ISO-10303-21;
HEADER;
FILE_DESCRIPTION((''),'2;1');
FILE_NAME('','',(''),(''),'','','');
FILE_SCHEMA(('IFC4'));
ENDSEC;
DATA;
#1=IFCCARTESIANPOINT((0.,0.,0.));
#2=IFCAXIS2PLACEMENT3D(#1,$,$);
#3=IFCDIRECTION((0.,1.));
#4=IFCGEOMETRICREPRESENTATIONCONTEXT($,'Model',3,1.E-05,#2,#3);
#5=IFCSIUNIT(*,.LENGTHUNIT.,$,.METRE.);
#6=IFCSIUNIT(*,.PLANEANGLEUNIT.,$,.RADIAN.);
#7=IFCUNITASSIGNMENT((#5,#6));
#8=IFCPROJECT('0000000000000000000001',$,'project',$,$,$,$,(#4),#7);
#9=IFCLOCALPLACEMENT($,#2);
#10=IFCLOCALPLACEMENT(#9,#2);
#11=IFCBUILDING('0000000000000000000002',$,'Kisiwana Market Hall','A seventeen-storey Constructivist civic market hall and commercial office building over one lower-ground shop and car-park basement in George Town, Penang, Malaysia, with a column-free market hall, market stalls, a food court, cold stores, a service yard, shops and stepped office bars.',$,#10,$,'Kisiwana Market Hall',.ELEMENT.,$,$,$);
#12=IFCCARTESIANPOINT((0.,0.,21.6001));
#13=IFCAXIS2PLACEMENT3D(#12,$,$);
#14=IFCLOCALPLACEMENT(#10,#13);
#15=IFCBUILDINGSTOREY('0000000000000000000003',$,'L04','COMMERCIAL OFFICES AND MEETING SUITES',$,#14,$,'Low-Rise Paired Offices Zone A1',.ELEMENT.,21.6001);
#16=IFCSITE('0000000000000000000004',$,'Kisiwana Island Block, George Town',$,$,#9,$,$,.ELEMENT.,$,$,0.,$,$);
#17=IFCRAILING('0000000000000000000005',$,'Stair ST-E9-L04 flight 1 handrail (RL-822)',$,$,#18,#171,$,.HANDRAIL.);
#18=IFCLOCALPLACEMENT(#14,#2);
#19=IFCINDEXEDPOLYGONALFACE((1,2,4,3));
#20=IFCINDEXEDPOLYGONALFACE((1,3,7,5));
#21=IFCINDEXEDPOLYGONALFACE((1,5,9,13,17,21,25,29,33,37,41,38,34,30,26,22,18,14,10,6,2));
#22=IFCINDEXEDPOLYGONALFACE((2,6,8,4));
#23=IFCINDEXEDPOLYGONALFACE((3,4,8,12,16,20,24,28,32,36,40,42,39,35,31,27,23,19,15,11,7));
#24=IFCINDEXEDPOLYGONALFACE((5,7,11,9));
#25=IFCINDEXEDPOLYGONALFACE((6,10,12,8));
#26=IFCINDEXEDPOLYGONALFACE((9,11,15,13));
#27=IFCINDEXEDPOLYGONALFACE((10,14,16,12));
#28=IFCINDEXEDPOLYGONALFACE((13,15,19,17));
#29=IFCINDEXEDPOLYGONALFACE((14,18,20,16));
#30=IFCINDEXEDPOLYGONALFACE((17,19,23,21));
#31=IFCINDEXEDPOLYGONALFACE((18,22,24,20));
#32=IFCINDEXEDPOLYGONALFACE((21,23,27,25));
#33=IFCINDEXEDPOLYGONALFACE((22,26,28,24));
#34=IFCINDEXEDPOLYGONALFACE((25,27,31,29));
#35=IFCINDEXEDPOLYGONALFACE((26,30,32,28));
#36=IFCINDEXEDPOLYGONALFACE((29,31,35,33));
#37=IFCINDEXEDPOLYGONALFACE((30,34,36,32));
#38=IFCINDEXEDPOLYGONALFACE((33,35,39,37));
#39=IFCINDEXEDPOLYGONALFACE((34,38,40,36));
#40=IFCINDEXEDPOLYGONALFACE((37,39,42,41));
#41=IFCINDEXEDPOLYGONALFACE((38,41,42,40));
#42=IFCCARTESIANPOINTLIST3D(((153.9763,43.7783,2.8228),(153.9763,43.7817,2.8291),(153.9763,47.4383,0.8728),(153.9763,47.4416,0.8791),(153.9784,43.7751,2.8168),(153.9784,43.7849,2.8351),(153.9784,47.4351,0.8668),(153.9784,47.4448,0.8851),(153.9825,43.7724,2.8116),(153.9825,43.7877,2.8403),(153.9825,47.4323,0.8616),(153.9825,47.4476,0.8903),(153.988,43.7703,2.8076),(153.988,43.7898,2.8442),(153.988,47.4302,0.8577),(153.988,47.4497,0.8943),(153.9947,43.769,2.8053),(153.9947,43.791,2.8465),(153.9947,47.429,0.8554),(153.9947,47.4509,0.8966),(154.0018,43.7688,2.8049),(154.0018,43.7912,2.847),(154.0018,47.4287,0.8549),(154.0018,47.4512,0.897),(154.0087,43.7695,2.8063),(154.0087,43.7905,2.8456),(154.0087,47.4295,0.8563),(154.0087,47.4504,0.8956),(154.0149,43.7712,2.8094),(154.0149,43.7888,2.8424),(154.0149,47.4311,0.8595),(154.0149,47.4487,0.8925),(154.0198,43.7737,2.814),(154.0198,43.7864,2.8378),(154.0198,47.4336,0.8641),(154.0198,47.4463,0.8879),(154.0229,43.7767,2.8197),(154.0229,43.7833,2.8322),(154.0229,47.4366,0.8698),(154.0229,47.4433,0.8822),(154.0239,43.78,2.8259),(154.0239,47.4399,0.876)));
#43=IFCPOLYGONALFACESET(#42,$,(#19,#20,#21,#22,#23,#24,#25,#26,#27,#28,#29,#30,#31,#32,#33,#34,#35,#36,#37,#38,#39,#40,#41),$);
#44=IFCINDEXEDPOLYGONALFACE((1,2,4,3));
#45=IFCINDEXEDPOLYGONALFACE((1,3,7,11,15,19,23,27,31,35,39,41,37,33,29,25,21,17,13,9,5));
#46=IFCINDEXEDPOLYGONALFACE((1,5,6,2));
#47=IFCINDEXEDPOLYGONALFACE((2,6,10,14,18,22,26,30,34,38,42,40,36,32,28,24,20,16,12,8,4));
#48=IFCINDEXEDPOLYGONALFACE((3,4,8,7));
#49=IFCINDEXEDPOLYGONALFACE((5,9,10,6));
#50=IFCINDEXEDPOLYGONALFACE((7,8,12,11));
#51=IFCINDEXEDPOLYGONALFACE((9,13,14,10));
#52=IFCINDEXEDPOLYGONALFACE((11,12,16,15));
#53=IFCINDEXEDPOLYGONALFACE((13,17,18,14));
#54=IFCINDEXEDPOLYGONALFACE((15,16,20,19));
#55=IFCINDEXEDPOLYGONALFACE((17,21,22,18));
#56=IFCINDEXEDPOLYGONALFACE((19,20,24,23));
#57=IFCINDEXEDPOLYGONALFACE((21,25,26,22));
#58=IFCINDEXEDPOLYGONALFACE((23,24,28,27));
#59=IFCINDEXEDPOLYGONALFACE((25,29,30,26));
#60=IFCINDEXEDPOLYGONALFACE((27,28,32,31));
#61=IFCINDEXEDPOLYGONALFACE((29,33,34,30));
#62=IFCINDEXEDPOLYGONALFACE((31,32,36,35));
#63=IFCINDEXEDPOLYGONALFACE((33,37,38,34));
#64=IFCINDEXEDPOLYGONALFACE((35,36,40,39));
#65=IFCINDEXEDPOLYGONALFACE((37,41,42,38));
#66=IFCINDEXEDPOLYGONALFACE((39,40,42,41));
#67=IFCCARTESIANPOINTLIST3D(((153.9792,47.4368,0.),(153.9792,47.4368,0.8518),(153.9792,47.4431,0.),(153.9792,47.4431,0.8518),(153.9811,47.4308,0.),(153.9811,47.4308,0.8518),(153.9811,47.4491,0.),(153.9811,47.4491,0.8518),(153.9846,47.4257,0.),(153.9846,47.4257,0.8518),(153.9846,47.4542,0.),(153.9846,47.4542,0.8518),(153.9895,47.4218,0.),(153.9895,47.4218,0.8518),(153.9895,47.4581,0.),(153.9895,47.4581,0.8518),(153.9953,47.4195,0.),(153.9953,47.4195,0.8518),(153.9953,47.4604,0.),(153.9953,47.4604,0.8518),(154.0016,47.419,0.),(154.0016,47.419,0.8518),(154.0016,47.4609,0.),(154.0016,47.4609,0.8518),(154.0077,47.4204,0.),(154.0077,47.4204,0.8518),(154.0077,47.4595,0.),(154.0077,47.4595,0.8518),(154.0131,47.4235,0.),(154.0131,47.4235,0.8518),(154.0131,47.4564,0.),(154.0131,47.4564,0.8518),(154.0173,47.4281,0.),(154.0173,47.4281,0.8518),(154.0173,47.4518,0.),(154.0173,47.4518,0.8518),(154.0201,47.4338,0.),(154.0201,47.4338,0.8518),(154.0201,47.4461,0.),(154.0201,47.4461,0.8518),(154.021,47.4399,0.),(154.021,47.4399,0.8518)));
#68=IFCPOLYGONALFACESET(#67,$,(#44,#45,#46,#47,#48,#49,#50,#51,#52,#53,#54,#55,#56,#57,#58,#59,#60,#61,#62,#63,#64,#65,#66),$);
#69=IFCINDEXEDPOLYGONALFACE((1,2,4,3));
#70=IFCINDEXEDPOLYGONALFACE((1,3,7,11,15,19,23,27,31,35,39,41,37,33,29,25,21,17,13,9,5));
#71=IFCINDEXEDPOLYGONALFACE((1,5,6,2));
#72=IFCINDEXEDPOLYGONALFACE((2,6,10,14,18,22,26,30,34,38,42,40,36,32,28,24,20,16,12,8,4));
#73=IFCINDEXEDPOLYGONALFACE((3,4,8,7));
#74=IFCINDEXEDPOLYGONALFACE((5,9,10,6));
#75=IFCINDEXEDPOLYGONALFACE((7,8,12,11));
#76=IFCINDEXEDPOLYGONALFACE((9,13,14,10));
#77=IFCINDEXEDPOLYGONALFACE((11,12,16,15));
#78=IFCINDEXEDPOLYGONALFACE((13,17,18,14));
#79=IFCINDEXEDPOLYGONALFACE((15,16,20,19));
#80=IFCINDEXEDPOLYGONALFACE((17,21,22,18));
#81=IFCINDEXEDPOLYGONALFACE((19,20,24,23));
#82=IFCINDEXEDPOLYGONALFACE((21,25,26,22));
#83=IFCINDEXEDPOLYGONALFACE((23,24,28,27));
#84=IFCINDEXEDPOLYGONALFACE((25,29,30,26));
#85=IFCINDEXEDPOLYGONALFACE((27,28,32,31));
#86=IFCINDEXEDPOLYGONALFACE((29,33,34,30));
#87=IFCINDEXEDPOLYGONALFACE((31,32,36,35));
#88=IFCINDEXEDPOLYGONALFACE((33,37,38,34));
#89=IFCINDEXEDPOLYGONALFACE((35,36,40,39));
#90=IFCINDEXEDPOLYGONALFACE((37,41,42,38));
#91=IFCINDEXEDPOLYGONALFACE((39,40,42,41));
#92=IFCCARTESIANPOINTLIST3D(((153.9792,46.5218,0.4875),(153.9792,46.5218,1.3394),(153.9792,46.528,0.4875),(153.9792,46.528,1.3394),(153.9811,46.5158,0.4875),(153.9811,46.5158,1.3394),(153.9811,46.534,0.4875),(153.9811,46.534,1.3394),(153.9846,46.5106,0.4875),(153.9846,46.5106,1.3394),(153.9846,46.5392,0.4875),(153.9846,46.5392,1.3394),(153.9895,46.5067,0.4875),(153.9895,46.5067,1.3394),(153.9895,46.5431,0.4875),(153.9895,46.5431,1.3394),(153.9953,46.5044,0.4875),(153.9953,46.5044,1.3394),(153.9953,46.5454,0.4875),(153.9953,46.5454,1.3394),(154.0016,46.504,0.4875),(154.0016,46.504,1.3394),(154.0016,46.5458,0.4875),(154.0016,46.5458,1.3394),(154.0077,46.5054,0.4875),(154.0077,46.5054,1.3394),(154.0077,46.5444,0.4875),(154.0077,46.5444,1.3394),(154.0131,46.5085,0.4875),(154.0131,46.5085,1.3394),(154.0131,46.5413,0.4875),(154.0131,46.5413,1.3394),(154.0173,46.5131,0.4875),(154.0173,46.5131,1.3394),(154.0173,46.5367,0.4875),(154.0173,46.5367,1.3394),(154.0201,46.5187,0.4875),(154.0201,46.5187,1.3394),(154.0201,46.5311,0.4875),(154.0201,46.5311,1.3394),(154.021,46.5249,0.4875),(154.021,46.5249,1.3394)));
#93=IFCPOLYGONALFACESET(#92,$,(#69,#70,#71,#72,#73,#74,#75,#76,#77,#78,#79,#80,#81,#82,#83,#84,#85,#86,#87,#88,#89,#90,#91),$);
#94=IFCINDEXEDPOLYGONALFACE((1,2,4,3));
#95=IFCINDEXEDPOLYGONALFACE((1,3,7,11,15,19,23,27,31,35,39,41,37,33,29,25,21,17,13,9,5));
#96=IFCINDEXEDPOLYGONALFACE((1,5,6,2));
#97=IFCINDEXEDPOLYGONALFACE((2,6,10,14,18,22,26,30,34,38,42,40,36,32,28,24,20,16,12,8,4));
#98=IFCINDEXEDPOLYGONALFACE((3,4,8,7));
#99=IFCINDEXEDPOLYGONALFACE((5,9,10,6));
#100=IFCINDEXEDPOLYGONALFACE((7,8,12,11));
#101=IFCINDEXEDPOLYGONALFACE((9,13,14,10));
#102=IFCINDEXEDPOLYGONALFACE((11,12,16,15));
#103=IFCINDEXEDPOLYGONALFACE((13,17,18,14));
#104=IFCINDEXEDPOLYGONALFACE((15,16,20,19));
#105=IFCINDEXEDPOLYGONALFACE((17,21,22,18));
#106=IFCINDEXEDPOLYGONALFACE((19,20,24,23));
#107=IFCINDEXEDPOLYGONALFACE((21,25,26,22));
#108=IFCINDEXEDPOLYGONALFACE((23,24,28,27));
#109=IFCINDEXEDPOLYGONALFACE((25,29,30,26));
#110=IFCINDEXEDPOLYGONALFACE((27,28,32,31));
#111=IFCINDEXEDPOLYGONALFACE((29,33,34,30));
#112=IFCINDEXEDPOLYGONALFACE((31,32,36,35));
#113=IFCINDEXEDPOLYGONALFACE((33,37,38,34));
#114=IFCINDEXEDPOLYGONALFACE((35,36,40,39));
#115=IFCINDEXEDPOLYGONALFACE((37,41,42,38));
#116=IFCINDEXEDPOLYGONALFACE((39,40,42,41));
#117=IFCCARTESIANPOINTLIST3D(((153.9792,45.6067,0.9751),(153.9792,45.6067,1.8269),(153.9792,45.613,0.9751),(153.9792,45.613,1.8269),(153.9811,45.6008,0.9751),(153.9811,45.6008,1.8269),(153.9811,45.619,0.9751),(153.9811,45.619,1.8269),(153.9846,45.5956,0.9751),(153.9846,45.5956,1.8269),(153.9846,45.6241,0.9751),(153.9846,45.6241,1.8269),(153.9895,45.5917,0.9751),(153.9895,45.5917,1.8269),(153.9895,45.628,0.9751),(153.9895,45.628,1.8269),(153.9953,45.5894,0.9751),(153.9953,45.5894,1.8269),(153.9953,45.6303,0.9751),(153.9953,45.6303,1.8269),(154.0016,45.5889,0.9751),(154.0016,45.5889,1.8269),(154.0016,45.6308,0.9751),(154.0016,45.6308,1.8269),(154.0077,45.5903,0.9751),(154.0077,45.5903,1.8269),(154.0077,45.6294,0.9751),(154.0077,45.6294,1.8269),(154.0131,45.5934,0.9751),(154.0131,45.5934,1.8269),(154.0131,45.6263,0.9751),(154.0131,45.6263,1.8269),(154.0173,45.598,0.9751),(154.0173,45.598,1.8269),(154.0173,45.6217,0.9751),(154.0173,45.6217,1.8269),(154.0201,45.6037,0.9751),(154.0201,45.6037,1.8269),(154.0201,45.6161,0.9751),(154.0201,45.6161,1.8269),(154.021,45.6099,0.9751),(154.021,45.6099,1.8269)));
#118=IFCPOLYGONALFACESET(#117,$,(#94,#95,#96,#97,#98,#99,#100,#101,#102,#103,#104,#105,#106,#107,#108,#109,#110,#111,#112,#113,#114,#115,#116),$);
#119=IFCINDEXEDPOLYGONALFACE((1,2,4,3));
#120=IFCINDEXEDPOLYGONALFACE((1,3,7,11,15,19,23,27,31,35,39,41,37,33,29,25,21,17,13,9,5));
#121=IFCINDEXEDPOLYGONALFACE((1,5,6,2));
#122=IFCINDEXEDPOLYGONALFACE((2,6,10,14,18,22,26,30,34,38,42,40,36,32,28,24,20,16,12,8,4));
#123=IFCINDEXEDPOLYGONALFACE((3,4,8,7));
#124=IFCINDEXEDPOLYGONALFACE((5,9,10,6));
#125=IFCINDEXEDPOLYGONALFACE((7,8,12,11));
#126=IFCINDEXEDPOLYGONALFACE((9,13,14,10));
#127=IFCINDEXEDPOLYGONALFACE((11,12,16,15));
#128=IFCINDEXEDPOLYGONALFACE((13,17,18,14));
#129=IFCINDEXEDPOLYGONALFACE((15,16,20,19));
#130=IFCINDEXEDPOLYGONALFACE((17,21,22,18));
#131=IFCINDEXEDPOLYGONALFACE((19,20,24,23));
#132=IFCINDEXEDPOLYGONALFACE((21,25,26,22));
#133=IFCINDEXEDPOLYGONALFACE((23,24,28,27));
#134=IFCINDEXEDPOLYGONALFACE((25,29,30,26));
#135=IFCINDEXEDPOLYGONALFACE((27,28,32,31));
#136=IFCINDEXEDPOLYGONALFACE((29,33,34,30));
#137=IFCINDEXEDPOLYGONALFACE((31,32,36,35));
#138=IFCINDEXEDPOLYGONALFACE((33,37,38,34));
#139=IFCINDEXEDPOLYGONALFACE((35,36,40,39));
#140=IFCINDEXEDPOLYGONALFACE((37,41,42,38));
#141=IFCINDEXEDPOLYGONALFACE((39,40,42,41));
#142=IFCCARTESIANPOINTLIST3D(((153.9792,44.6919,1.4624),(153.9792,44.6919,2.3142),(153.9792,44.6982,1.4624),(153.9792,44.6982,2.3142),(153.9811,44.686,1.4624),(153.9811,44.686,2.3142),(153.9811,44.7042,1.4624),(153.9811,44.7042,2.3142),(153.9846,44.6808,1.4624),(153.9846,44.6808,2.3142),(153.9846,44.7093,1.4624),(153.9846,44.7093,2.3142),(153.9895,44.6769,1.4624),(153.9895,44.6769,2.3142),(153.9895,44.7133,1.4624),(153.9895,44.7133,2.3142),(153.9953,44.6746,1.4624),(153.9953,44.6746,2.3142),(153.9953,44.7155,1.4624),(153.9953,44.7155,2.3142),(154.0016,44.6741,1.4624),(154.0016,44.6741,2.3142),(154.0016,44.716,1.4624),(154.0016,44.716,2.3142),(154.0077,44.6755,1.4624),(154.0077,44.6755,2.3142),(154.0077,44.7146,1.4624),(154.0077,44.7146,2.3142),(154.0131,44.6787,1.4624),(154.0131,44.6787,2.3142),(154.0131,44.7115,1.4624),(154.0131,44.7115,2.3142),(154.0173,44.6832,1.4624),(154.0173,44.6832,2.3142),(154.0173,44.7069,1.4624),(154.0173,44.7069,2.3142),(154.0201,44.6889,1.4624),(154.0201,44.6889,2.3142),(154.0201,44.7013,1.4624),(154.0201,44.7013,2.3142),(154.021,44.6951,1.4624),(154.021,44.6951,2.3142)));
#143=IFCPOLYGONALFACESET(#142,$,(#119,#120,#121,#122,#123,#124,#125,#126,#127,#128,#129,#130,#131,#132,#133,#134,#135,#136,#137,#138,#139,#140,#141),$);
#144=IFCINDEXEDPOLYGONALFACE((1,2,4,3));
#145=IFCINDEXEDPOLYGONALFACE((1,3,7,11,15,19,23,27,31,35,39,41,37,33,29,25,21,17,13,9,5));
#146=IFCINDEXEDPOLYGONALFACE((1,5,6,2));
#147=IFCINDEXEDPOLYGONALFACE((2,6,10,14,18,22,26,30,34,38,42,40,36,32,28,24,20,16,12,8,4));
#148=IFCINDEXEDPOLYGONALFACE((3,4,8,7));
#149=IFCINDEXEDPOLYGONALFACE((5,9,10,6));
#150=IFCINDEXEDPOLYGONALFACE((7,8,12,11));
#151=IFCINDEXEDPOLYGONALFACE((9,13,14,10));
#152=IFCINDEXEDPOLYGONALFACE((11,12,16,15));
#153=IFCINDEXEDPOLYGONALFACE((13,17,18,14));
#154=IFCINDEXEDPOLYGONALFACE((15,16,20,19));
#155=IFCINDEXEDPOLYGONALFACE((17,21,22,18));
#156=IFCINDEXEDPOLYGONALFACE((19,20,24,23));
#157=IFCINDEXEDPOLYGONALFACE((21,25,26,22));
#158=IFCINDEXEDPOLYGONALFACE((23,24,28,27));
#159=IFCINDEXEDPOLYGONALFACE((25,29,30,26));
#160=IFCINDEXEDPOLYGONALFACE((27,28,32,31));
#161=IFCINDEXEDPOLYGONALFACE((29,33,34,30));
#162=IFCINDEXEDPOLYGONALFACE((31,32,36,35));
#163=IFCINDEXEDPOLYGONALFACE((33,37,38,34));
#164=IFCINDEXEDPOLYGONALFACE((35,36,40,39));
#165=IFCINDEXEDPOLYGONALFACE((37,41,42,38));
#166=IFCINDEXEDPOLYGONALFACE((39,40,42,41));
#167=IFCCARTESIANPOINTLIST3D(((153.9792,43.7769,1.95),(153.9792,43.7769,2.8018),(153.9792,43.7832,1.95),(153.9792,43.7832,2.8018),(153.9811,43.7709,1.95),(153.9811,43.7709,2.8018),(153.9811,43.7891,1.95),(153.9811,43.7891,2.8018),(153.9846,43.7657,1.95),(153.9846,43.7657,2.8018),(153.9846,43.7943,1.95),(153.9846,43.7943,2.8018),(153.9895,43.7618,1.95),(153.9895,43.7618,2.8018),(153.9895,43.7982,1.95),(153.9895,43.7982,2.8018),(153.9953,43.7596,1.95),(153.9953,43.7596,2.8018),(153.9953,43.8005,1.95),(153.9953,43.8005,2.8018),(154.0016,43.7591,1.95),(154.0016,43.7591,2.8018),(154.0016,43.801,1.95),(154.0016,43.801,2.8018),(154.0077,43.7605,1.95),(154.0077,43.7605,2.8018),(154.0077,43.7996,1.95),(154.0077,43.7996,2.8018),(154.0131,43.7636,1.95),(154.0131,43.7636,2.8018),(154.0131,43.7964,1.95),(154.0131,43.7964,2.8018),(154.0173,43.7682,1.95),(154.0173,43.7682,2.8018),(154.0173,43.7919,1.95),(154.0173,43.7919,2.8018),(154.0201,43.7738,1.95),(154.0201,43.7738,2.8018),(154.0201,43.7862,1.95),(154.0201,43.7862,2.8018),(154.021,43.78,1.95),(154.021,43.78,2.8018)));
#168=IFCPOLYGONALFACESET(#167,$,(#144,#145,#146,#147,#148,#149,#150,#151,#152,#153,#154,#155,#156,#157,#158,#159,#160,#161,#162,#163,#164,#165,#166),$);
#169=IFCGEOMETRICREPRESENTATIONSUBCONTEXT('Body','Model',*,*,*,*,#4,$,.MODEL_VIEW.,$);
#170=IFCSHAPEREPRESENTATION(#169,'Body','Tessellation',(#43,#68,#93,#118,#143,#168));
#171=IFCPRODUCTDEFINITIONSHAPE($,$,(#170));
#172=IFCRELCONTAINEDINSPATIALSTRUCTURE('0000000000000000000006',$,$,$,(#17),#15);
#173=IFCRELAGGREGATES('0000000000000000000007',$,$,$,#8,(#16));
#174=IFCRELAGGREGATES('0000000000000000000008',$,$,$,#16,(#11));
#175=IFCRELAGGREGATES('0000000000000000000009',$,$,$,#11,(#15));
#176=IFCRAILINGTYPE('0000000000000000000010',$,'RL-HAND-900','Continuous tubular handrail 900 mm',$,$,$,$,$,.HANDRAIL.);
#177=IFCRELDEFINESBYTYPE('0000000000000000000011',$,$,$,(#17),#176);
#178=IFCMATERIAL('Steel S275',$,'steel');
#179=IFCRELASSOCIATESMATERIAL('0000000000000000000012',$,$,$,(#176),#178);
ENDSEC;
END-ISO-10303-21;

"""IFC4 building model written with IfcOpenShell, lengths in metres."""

from ifc_helpers import new_model, si_unit, direction, frame, origin, origin_2d, place, context, subcontext, project, spatial, circle, extrude, material, type_object, element, save


model = new_model("IFC4")

# Units and contexts
model_context = context("Model", 3, precision=1e-05, world=origin(), true_north=direction((0.0, 1.0)))
body_context = subcontext(model_context, "Body", "Model", "MODEL_VIEW")
ifc_project = project(units=[si_unit("LENGTHUNIT", "METRE"), si_unit("PLANEANGLEUNIT", "RADIAN")], contexts=[model_context])

# Site, building, storey
site_placement = place(None, origin())
site = spatial("IfcSite", under=ifc_project, at=site_placement, Name="Kisiwana Island Block, George Town", CompositionType="ELEMENT", RefElevation=0.0)
building_placement = place(site_placement, origin())
building = spatial("IfcBuilding", under=site, at=building_placement, Name="Kisiwana Market Hall", Description="A seventeen-storey Constructivist civic market hall and commercial office building over one lower-ground shop and car-park basement in George Town, Penang, Malaysia, with a column-free market hall, market stalls, a food court, cold stores, a service yard, shops and stepped office bars.", LongName="Kisiwana Market Hall", CompositionType="ELEMENT")
storey_placement = place(building_placement, frame((0.0, 0.0, 21.6001)))
storey = spatial("IfcBuildingStorey", under=building, at=storey_placement, Name="L04", Description="COMMERCIAL OFFICES AND MEETING SUITES", LongName="Low-Rise Paired Offices Zone A1", CompositionType="ELEMENT", Elevation=21.6001)

# Railing
ifc_material_1 = material(Name="Steel S275", Category="steel")
railing_type_1 = type_object("IfcRailingType", Name="RL-HAND-900", Description="Continuous tubular handrail 900 mm", PredefinedType="HANDRAIL", material=ifc_material_1)
for number, where, name in (
    (1, (154.0, 47.4399, 0.0), "Stair ST-E9-L04 flight 1 handrail (RL-822)"),
):
    element("IfcRailing", number, at=place(storey_placement, frame(where)), inside=storey, type_object=railing_type_1, Name=name, PredefinedType="HANDRAIL", context=body_context, shape_type="SweptSolid", body=[
        extrude(circle(Radius=0.0239, at=origin_2d()), frame((0.0, 0.0, 0.876), z_axis=(0.0, -0.882553, 0.470212), x_axis=(1.0, 0.0, 0.0)), (0.0, 0.0, 1.0), 4.147),
        extrude(circle(Radius=0.021, at=origin_2d()), origin(), (0.0, 0.0, 1.0), 0.8518),
        extrude(circle(Radius=0.021, at=origin_2d()), frame((0.0, -0.915, 0.4875)), (0.0, 0.0, 1.0), 0.8518),
        extrude(circle(Radius=0.021, at=origin_2d()), frame((0.0, -1.8301, 0.9751)), (0.0, 0.0, 1.0), 0.8518),
        extrude(circle(Radius=0.021, at=origin_2d()), frame((0.0, -2.7449, 1.4624)), (0.0, 0.0, 1.0), 0.8518),
        extrude(circle(Radius=0.021, at=origin_2d()), frame((0.0, -3.6599, 1.95)), (0.0, 0.0, 1.0), 0.8518),
    ])

save(model, "model.ifc")
